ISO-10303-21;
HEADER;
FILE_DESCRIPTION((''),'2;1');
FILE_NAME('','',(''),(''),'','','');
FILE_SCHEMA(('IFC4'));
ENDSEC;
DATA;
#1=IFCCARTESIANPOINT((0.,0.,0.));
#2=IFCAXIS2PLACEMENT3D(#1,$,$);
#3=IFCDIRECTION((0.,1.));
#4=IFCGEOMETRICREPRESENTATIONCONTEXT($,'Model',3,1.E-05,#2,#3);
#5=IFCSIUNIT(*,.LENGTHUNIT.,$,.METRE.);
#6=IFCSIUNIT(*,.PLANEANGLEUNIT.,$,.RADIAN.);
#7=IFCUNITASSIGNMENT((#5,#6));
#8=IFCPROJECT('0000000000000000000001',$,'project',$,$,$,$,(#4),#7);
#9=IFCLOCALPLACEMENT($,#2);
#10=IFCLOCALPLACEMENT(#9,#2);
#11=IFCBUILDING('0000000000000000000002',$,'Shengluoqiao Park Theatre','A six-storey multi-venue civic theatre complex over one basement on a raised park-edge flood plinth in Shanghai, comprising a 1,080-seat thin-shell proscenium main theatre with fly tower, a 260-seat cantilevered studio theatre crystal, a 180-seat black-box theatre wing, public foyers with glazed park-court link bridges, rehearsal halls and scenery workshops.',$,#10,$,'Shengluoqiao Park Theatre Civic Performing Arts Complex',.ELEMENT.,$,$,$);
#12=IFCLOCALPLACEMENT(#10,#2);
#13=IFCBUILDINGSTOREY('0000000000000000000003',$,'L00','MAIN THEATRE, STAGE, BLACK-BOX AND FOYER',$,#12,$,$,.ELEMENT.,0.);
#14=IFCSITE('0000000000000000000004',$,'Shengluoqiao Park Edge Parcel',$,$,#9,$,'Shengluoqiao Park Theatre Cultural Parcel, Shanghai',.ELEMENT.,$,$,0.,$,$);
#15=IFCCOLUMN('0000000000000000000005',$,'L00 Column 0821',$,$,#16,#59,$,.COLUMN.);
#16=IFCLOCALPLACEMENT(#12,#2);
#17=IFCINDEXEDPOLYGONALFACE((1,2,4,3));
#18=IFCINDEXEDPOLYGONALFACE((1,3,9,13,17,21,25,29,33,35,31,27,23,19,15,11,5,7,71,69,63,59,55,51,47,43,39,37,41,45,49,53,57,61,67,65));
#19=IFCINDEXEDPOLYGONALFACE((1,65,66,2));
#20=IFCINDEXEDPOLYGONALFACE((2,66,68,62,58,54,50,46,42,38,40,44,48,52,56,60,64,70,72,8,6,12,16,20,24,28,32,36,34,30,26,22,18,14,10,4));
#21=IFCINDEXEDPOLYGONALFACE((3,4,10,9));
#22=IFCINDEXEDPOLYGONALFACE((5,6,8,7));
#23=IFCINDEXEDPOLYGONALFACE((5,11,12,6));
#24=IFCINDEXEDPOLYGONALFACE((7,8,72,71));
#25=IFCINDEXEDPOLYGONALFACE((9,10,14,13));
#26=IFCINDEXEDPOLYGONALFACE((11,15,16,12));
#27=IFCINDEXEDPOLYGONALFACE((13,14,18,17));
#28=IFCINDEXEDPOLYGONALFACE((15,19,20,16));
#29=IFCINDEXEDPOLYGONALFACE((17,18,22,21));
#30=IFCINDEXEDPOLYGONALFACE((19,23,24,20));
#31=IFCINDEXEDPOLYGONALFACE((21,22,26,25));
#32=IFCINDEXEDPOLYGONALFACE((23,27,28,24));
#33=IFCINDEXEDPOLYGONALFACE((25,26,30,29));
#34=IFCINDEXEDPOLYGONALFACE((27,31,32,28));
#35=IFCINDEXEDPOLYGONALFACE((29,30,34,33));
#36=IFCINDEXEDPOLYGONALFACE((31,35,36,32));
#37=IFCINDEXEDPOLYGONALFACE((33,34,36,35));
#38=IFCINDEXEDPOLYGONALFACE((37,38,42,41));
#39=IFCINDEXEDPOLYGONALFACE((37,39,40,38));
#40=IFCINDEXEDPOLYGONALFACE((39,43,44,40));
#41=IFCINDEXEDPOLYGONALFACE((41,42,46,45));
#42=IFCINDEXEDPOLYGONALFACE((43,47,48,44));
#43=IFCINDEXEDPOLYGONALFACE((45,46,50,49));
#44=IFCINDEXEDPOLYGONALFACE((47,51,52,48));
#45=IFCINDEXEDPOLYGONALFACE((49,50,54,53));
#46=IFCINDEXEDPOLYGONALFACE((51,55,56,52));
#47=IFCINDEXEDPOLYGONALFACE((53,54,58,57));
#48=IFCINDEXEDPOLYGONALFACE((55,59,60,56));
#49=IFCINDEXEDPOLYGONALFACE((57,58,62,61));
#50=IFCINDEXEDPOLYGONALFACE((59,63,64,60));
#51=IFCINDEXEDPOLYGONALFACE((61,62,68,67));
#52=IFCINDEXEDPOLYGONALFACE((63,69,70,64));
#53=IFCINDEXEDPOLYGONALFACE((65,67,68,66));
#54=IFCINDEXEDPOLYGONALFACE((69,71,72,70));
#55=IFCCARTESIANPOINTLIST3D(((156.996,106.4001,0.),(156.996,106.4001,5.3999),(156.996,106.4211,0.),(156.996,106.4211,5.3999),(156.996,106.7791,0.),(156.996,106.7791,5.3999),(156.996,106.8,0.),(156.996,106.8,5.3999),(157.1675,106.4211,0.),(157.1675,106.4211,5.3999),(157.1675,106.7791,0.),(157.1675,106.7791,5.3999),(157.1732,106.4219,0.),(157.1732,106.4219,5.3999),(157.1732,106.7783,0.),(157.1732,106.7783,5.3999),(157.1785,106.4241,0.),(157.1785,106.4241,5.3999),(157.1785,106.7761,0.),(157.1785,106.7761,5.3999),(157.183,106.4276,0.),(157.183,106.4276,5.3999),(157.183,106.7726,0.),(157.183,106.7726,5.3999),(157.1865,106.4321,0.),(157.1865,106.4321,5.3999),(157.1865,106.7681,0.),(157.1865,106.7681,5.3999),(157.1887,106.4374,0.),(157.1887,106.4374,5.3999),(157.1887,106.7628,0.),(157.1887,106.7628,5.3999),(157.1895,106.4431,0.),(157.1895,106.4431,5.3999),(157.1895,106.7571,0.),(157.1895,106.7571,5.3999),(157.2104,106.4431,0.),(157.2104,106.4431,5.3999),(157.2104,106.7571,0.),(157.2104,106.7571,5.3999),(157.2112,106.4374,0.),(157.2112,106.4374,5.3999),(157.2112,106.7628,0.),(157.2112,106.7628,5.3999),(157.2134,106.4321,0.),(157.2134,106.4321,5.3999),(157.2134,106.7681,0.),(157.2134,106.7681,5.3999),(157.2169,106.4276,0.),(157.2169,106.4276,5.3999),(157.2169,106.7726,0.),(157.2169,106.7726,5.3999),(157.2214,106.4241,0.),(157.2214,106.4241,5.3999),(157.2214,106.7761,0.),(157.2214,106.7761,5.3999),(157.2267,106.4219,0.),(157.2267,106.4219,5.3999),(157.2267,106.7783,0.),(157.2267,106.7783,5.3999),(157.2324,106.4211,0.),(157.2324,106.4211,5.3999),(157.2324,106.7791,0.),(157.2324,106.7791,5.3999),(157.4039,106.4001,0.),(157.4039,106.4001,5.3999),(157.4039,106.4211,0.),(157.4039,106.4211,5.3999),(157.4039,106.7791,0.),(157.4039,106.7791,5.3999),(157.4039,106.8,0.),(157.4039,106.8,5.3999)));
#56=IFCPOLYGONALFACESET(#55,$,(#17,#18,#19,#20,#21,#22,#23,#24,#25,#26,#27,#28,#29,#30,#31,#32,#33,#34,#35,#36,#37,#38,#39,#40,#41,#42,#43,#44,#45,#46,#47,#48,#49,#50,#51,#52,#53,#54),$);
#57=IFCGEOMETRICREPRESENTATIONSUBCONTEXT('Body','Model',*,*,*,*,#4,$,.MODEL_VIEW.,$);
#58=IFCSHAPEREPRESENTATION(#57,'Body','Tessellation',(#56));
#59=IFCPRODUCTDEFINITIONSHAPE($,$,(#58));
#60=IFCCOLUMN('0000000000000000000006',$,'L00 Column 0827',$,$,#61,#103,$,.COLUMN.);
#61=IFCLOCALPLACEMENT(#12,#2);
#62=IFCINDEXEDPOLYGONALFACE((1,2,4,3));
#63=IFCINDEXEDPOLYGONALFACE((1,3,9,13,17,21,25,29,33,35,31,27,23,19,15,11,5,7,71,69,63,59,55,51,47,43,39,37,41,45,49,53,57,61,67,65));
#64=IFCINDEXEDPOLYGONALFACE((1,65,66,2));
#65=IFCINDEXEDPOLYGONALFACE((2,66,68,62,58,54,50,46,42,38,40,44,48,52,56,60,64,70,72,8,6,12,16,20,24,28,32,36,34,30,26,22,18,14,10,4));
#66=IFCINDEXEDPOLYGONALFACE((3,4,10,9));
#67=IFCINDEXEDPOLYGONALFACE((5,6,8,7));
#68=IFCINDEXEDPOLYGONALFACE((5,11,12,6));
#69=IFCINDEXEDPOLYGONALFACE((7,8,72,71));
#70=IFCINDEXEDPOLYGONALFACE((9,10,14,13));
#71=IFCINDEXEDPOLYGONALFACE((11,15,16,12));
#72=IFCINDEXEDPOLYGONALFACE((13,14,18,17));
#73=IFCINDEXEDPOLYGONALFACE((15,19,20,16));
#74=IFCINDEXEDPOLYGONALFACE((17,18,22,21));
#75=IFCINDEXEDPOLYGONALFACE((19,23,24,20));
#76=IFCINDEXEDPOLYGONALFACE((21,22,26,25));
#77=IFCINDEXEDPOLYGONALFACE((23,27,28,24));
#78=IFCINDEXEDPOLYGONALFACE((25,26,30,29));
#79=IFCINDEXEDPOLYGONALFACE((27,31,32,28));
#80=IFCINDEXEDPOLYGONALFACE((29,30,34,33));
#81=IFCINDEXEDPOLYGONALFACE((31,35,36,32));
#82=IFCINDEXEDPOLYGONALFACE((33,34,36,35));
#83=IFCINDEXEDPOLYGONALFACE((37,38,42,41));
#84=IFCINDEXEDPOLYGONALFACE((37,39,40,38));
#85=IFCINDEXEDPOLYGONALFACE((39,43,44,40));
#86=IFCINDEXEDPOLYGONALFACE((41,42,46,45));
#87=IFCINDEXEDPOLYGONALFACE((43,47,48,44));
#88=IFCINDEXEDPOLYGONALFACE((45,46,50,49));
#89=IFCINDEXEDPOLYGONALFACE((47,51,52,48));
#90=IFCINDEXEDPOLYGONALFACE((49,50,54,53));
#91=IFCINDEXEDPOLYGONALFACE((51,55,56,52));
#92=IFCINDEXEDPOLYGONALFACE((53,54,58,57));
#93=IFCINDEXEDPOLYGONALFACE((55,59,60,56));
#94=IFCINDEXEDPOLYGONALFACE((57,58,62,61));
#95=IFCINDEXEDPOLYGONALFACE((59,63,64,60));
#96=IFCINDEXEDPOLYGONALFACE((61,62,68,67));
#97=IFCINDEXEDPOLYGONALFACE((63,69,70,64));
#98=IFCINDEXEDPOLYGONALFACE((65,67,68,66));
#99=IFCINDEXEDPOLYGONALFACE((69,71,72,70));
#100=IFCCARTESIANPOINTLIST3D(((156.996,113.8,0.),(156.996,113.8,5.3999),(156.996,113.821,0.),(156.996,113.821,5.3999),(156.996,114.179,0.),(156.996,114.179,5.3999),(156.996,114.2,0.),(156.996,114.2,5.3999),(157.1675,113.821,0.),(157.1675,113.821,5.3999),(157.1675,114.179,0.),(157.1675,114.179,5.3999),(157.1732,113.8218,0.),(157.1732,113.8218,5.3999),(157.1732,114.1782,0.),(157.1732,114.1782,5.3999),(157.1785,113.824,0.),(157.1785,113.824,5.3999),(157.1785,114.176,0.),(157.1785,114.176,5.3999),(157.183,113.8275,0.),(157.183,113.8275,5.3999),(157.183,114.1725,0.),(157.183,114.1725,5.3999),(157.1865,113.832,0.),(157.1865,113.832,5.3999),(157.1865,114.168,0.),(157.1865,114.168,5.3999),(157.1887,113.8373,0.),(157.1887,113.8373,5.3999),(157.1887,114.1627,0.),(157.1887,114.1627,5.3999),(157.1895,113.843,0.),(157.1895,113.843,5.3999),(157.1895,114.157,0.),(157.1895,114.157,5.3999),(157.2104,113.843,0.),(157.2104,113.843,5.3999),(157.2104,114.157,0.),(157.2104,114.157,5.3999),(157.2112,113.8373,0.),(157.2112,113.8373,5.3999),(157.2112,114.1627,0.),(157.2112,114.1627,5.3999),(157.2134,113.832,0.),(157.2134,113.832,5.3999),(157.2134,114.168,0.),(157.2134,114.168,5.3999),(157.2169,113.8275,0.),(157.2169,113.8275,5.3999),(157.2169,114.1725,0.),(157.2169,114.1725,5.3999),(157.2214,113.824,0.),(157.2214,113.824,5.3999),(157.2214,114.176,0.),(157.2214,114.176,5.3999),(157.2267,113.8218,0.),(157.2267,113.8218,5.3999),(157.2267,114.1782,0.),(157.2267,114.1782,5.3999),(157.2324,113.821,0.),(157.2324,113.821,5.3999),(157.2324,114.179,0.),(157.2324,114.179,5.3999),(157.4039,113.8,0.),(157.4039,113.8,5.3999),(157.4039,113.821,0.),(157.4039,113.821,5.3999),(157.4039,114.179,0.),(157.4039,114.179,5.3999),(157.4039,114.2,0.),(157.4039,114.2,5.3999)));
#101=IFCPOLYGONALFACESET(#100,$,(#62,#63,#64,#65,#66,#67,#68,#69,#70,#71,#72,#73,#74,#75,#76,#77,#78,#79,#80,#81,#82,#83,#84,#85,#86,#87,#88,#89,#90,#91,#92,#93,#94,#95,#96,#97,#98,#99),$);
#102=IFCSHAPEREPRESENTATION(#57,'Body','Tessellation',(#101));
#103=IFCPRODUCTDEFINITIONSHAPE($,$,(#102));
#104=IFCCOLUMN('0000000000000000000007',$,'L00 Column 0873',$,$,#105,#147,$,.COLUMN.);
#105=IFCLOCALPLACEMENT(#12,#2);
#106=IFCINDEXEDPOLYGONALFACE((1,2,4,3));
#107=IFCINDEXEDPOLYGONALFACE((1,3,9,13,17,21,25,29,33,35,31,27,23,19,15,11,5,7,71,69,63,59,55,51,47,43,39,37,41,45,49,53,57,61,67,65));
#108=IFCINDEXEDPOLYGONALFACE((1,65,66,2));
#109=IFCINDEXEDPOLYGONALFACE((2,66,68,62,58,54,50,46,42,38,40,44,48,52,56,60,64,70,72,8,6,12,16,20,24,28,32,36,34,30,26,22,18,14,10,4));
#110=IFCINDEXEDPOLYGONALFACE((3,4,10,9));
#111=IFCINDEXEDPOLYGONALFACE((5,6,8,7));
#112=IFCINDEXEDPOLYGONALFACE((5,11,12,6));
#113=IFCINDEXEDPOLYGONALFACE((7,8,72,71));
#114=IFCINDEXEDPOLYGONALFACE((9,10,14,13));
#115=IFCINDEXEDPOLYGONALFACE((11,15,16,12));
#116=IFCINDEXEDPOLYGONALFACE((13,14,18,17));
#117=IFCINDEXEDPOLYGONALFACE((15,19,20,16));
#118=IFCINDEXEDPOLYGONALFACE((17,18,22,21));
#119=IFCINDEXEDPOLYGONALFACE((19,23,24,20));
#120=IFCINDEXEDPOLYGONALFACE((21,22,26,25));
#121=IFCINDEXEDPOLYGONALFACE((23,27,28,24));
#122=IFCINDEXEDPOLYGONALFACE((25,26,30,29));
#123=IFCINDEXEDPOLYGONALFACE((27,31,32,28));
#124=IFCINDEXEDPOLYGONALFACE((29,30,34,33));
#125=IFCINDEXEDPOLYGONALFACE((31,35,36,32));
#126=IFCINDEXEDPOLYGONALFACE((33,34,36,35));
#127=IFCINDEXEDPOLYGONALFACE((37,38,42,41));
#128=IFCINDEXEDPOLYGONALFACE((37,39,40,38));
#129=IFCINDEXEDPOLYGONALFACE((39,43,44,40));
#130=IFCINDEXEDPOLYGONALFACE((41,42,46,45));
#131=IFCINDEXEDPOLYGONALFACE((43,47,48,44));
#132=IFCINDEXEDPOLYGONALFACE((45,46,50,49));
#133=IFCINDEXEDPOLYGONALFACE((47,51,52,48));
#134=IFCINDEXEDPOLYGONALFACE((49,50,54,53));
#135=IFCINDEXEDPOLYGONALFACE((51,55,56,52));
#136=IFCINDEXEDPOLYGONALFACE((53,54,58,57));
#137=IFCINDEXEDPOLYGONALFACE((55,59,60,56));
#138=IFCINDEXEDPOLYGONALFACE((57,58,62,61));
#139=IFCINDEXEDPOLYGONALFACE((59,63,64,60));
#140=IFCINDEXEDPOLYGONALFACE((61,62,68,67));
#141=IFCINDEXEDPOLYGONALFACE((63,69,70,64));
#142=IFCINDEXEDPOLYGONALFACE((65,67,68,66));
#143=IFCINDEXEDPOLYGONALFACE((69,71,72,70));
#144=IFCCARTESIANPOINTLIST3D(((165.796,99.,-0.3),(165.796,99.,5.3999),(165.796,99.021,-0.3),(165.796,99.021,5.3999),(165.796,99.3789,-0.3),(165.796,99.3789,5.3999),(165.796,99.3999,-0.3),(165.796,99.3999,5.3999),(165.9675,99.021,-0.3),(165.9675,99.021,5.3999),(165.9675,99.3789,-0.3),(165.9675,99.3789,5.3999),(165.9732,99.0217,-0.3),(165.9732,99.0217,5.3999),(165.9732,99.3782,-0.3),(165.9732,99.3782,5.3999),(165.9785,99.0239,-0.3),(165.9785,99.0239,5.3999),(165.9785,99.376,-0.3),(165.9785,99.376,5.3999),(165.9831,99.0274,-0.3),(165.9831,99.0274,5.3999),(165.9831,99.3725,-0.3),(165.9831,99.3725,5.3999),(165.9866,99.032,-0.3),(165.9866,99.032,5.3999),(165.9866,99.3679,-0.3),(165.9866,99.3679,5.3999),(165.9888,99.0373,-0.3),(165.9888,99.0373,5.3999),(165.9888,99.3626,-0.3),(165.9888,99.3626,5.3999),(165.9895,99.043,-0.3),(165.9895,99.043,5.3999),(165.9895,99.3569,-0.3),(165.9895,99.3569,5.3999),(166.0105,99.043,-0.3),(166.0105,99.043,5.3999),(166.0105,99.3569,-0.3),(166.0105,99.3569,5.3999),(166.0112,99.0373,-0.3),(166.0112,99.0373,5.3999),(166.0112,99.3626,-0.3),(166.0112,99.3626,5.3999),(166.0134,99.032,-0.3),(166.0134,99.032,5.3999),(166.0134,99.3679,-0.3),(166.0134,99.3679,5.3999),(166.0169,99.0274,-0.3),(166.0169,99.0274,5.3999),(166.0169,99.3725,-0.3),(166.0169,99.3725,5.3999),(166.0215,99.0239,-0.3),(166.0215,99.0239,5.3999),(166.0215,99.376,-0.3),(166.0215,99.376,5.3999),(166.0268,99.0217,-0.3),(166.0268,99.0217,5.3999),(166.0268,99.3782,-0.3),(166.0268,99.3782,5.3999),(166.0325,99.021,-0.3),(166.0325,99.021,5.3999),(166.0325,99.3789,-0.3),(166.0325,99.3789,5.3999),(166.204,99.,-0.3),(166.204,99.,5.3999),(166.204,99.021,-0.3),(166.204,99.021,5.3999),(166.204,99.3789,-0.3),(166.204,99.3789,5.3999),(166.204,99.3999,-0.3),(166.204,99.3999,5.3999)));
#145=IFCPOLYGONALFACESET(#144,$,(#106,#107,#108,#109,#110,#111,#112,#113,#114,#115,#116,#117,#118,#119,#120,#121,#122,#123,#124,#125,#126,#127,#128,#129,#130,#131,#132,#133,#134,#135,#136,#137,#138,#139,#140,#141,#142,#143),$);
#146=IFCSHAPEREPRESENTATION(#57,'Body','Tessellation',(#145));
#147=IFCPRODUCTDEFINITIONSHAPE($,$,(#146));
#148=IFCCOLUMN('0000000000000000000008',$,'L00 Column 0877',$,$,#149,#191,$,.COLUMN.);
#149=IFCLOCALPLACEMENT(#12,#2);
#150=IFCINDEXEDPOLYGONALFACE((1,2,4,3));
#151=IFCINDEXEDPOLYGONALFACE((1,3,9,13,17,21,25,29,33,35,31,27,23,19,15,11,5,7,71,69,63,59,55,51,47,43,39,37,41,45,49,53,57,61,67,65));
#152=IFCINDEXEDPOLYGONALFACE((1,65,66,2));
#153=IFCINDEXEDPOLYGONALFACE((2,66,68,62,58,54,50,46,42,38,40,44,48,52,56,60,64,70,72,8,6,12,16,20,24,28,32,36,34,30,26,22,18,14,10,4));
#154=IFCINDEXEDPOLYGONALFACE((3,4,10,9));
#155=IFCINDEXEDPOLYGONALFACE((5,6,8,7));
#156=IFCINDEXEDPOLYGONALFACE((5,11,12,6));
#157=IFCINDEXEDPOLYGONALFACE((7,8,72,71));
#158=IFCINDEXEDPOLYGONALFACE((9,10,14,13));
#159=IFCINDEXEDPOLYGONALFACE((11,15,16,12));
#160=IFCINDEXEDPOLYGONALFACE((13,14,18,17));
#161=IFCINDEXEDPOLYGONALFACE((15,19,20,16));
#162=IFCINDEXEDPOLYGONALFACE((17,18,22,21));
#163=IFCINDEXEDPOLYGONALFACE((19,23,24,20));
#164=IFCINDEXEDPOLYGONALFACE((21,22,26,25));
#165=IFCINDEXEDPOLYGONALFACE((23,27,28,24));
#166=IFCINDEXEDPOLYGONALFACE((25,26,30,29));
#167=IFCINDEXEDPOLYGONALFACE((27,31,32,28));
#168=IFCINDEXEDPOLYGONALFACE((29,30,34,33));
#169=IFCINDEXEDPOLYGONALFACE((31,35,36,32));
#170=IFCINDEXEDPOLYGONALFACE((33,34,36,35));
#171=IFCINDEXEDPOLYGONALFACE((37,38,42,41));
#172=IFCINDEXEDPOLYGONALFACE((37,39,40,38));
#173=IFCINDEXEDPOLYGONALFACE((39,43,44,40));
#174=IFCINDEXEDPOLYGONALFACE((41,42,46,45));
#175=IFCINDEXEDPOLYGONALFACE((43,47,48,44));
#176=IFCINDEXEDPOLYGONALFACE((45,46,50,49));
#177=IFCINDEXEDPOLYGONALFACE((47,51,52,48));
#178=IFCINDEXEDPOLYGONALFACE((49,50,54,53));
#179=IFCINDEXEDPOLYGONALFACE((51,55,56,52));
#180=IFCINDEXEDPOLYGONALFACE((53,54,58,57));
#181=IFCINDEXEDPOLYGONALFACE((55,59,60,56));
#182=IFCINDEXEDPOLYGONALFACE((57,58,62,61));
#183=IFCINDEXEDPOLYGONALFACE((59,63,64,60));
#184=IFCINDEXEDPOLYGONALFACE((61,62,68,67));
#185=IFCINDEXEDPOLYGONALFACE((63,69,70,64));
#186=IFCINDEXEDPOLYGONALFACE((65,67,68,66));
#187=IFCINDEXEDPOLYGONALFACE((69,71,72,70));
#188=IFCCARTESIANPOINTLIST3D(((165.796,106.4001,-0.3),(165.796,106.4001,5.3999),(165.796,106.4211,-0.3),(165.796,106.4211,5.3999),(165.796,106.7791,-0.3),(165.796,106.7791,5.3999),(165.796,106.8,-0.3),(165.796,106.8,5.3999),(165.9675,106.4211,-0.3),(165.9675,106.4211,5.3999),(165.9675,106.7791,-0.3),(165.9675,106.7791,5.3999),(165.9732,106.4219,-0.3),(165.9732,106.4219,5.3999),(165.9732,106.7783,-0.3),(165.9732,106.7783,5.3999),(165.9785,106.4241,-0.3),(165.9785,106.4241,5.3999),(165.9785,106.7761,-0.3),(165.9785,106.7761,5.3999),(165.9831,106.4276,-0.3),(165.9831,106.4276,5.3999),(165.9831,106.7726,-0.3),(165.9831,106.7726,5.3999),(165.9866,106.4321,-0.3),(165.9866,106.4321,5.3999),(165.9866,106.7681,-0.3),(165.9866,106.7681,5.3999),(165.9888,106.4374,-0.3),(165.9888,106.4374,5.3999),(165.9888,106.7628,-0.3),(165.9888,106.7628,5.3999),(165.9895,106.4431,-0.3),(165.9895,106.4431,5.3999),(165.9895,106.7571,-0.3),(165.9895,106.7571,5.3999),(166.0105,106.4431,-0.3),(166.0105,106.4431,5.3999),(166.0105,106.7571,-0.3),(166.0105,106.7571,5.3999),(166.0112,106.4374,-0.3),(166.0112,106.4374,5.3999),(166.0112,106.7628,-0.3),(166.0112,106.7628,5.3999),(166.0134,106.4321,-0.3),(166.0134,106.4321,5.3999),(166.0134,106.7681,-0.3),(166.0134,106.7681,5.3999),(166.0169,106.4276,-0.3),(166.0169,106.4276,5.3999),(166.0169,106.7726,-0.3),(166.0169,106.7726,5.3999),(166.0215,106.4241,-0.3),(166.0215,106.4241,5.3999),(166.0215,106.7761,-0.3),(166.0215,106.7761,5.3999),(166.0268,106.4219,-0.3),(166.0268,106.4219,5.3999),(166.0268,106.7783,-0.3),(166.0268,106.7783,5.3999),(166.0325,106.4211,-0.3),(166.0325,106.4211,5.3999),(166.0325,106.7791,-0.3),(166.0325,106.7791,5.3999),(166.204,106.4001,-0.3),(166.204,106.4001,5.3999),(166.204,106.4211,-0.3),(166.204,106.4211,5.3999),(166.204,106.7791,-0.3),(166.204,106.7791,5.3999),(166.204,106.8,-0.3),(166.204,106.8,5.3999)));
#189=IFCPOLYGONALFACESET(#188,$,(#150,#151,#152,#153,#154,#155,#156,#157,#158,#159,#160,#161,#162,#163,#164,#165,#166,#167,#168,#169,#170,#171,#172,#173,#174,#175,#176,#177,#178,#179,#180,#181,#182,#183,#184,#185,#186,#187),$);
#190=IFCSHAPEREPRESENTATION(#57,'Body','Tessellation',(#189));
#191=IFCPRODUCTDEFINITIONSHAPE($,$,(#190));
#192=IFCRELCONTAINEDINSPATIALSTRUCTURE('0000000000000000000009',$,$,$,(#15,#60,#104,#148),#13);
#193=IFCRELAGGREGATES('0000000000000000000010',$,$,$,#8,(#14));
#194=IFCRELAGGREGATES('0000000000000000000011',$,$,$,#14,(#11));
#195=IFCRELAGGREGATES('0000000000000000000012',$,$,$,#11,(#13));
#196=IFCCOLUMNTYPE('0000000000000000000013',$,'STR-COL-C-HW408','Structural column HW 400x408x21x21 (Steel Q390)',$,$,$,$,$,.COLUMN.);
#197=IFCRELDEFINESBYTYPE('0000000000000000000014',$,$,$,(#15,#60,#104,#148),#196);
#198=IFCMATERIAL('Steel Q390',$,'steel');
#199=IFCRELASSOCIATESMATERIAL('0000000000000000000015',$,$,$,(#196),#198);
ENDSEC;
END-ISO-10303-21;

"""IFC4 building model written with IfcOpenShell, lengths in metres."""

from ifc_helpers import new_model, si_unit, direction, frame, origin, origin_2d, place, context, subcontext, project, spatial, i_section, extrude, material, material_profile, profile_set, type_object, element, save


model = new_model("IFC4")

# Units and contexts
model_context = context("Model", 3, precision=1e-05, world=origin(), true_north=direction((0.0, 1.0)))
body_context = subcontext(model_context, "Body", "Model", "MODEL_VIEW")
ifc_project = project(units=[si_unit("LENGTHUNIT", "METRE"), si_unit("PLANEANGLEUNIT", "RADIAN")], contexts=[model_context])

# Site, building, storey
site_placement = place(None, origin())
site = spatial("IfcSite", under=ifc_project, at=site_placement, Name="Shengluoqiao Park Edge Parcel", LongName="Shengluoqiao Park Theatre Cultural Parcel, Shanghai", CompositionType="ELEMENT", RefElevation=0.0)
building_placement = place(site_placement, origin())
building = spatial("IfcBuilding", under=site, at=building_placement, Name="Shengluoqiao Park Theatre", Description="A six-storey multi-venue civic theatre complex over one basement on a raised park-edge flood plinth in Shanghai, comprising a 1,080-seat thin-shell proscenium main theatre with fly tower, a 260-seat cantilevered studio theatre crystal, a 180-seat black-box theatre wing, public foyers with glazed park-court link bridges, rehearsal halls and scenery workshops.", LongName="Shengluoqiao Park Theatre Civic Performing Arts Complex", CompositionType="ELEMENT")
storey_placement = place(building_placement, origin())
storey = spatial("IfcBuildingStorey", under=building, at=storey_placement, Name="L00", Description="MAIN THEATRE, STAGE, BLACK-BOX AND FOYER", CompositionType="ELEMENT", Elevation=0.0)

# Columns
ifc_material_1 = material(Name="Steel Q390", Category="steel")
ifc_material_profile_1 = material_profile(ifc_material_1, i_section(OverallWidth=0.408, OverallDepth=0.3999, WebThickness=0.021, FlangeThickness=0.021, FilletRadius=0.022, at=origin_2d()), Name="HW 400x408x21x21")
ifc_profile_set_1 = profile_set([ifc_material_profile_1], Name="Steel Q390")
column_type = type_object("IfcColumnType", Name="STR-COL-C-HW408", Description="Structural column HW 400x408x21x21 (Steel Q390)", PredefinedType="COLUMN", material=ifc_profile_set_1)
for number, where, z_axis, x_axis, name in (
    (1, (157.2, 106.6001, 0.0), (0.0, 0.0, 1.0), (1.0, 0.0, 0.0), "L00 Column 0821"),
    (2, (157.2, 114.0, 0.0), (0.0, 0.0, 1.0), (1.0, 0.0, 0.0), "L00 Column 0827"),
):
    element("IfcColumn", number, at=place(storey_placement, frame(where, z_axis=z_axis, x_axis=x_axis)), inside=storey, type_object=column_type, Name=name, PredefinedType="COLUMN", context=body_context, shape_type="SweptSolid", body=[
        extrude(i_section(OverallWidth=0.408, OverallDepth=0.3999, WebThickness=0.021, FlangeThickness=0.021, FilletRadius=0.022, at=origin_2d()), origin(), (0.0, 0.0, 1.0), 5.3999),
    ])
for number, where, z_axis, x_axis, name in (
    (3, (166.0, 99.2, -0.3), (0.0, 0.0, 1.0), (1.0, 0.0, 0.0), "L00 Column 0873"),
    (4, (166.0, 106.6001, -0.3), (0.0, 0.0, 1.0), (1.0, 0.0, 0.0), "L00 Column 0877"),
):
    element("IfcColumn", number, at=place(storey_placement, frame(where, z_axis=z_axis, x_axis=x_axis)), inside=storey, type_object=column_type, Name=name, PredefinedType="COLUMN", context=body_context, shape_type="SweptSolid", body=[
        extrude(i_section(OverallWidth=0.408, OverallDepth=0.3999, WebThickness=0.021, FlangeThickness=0.021, FilletRadius=0.022, at=origin_2d()), origin(), (0.0, 0.0, 1.0), 5.7),
    ])

save(model, "model.ifc")
